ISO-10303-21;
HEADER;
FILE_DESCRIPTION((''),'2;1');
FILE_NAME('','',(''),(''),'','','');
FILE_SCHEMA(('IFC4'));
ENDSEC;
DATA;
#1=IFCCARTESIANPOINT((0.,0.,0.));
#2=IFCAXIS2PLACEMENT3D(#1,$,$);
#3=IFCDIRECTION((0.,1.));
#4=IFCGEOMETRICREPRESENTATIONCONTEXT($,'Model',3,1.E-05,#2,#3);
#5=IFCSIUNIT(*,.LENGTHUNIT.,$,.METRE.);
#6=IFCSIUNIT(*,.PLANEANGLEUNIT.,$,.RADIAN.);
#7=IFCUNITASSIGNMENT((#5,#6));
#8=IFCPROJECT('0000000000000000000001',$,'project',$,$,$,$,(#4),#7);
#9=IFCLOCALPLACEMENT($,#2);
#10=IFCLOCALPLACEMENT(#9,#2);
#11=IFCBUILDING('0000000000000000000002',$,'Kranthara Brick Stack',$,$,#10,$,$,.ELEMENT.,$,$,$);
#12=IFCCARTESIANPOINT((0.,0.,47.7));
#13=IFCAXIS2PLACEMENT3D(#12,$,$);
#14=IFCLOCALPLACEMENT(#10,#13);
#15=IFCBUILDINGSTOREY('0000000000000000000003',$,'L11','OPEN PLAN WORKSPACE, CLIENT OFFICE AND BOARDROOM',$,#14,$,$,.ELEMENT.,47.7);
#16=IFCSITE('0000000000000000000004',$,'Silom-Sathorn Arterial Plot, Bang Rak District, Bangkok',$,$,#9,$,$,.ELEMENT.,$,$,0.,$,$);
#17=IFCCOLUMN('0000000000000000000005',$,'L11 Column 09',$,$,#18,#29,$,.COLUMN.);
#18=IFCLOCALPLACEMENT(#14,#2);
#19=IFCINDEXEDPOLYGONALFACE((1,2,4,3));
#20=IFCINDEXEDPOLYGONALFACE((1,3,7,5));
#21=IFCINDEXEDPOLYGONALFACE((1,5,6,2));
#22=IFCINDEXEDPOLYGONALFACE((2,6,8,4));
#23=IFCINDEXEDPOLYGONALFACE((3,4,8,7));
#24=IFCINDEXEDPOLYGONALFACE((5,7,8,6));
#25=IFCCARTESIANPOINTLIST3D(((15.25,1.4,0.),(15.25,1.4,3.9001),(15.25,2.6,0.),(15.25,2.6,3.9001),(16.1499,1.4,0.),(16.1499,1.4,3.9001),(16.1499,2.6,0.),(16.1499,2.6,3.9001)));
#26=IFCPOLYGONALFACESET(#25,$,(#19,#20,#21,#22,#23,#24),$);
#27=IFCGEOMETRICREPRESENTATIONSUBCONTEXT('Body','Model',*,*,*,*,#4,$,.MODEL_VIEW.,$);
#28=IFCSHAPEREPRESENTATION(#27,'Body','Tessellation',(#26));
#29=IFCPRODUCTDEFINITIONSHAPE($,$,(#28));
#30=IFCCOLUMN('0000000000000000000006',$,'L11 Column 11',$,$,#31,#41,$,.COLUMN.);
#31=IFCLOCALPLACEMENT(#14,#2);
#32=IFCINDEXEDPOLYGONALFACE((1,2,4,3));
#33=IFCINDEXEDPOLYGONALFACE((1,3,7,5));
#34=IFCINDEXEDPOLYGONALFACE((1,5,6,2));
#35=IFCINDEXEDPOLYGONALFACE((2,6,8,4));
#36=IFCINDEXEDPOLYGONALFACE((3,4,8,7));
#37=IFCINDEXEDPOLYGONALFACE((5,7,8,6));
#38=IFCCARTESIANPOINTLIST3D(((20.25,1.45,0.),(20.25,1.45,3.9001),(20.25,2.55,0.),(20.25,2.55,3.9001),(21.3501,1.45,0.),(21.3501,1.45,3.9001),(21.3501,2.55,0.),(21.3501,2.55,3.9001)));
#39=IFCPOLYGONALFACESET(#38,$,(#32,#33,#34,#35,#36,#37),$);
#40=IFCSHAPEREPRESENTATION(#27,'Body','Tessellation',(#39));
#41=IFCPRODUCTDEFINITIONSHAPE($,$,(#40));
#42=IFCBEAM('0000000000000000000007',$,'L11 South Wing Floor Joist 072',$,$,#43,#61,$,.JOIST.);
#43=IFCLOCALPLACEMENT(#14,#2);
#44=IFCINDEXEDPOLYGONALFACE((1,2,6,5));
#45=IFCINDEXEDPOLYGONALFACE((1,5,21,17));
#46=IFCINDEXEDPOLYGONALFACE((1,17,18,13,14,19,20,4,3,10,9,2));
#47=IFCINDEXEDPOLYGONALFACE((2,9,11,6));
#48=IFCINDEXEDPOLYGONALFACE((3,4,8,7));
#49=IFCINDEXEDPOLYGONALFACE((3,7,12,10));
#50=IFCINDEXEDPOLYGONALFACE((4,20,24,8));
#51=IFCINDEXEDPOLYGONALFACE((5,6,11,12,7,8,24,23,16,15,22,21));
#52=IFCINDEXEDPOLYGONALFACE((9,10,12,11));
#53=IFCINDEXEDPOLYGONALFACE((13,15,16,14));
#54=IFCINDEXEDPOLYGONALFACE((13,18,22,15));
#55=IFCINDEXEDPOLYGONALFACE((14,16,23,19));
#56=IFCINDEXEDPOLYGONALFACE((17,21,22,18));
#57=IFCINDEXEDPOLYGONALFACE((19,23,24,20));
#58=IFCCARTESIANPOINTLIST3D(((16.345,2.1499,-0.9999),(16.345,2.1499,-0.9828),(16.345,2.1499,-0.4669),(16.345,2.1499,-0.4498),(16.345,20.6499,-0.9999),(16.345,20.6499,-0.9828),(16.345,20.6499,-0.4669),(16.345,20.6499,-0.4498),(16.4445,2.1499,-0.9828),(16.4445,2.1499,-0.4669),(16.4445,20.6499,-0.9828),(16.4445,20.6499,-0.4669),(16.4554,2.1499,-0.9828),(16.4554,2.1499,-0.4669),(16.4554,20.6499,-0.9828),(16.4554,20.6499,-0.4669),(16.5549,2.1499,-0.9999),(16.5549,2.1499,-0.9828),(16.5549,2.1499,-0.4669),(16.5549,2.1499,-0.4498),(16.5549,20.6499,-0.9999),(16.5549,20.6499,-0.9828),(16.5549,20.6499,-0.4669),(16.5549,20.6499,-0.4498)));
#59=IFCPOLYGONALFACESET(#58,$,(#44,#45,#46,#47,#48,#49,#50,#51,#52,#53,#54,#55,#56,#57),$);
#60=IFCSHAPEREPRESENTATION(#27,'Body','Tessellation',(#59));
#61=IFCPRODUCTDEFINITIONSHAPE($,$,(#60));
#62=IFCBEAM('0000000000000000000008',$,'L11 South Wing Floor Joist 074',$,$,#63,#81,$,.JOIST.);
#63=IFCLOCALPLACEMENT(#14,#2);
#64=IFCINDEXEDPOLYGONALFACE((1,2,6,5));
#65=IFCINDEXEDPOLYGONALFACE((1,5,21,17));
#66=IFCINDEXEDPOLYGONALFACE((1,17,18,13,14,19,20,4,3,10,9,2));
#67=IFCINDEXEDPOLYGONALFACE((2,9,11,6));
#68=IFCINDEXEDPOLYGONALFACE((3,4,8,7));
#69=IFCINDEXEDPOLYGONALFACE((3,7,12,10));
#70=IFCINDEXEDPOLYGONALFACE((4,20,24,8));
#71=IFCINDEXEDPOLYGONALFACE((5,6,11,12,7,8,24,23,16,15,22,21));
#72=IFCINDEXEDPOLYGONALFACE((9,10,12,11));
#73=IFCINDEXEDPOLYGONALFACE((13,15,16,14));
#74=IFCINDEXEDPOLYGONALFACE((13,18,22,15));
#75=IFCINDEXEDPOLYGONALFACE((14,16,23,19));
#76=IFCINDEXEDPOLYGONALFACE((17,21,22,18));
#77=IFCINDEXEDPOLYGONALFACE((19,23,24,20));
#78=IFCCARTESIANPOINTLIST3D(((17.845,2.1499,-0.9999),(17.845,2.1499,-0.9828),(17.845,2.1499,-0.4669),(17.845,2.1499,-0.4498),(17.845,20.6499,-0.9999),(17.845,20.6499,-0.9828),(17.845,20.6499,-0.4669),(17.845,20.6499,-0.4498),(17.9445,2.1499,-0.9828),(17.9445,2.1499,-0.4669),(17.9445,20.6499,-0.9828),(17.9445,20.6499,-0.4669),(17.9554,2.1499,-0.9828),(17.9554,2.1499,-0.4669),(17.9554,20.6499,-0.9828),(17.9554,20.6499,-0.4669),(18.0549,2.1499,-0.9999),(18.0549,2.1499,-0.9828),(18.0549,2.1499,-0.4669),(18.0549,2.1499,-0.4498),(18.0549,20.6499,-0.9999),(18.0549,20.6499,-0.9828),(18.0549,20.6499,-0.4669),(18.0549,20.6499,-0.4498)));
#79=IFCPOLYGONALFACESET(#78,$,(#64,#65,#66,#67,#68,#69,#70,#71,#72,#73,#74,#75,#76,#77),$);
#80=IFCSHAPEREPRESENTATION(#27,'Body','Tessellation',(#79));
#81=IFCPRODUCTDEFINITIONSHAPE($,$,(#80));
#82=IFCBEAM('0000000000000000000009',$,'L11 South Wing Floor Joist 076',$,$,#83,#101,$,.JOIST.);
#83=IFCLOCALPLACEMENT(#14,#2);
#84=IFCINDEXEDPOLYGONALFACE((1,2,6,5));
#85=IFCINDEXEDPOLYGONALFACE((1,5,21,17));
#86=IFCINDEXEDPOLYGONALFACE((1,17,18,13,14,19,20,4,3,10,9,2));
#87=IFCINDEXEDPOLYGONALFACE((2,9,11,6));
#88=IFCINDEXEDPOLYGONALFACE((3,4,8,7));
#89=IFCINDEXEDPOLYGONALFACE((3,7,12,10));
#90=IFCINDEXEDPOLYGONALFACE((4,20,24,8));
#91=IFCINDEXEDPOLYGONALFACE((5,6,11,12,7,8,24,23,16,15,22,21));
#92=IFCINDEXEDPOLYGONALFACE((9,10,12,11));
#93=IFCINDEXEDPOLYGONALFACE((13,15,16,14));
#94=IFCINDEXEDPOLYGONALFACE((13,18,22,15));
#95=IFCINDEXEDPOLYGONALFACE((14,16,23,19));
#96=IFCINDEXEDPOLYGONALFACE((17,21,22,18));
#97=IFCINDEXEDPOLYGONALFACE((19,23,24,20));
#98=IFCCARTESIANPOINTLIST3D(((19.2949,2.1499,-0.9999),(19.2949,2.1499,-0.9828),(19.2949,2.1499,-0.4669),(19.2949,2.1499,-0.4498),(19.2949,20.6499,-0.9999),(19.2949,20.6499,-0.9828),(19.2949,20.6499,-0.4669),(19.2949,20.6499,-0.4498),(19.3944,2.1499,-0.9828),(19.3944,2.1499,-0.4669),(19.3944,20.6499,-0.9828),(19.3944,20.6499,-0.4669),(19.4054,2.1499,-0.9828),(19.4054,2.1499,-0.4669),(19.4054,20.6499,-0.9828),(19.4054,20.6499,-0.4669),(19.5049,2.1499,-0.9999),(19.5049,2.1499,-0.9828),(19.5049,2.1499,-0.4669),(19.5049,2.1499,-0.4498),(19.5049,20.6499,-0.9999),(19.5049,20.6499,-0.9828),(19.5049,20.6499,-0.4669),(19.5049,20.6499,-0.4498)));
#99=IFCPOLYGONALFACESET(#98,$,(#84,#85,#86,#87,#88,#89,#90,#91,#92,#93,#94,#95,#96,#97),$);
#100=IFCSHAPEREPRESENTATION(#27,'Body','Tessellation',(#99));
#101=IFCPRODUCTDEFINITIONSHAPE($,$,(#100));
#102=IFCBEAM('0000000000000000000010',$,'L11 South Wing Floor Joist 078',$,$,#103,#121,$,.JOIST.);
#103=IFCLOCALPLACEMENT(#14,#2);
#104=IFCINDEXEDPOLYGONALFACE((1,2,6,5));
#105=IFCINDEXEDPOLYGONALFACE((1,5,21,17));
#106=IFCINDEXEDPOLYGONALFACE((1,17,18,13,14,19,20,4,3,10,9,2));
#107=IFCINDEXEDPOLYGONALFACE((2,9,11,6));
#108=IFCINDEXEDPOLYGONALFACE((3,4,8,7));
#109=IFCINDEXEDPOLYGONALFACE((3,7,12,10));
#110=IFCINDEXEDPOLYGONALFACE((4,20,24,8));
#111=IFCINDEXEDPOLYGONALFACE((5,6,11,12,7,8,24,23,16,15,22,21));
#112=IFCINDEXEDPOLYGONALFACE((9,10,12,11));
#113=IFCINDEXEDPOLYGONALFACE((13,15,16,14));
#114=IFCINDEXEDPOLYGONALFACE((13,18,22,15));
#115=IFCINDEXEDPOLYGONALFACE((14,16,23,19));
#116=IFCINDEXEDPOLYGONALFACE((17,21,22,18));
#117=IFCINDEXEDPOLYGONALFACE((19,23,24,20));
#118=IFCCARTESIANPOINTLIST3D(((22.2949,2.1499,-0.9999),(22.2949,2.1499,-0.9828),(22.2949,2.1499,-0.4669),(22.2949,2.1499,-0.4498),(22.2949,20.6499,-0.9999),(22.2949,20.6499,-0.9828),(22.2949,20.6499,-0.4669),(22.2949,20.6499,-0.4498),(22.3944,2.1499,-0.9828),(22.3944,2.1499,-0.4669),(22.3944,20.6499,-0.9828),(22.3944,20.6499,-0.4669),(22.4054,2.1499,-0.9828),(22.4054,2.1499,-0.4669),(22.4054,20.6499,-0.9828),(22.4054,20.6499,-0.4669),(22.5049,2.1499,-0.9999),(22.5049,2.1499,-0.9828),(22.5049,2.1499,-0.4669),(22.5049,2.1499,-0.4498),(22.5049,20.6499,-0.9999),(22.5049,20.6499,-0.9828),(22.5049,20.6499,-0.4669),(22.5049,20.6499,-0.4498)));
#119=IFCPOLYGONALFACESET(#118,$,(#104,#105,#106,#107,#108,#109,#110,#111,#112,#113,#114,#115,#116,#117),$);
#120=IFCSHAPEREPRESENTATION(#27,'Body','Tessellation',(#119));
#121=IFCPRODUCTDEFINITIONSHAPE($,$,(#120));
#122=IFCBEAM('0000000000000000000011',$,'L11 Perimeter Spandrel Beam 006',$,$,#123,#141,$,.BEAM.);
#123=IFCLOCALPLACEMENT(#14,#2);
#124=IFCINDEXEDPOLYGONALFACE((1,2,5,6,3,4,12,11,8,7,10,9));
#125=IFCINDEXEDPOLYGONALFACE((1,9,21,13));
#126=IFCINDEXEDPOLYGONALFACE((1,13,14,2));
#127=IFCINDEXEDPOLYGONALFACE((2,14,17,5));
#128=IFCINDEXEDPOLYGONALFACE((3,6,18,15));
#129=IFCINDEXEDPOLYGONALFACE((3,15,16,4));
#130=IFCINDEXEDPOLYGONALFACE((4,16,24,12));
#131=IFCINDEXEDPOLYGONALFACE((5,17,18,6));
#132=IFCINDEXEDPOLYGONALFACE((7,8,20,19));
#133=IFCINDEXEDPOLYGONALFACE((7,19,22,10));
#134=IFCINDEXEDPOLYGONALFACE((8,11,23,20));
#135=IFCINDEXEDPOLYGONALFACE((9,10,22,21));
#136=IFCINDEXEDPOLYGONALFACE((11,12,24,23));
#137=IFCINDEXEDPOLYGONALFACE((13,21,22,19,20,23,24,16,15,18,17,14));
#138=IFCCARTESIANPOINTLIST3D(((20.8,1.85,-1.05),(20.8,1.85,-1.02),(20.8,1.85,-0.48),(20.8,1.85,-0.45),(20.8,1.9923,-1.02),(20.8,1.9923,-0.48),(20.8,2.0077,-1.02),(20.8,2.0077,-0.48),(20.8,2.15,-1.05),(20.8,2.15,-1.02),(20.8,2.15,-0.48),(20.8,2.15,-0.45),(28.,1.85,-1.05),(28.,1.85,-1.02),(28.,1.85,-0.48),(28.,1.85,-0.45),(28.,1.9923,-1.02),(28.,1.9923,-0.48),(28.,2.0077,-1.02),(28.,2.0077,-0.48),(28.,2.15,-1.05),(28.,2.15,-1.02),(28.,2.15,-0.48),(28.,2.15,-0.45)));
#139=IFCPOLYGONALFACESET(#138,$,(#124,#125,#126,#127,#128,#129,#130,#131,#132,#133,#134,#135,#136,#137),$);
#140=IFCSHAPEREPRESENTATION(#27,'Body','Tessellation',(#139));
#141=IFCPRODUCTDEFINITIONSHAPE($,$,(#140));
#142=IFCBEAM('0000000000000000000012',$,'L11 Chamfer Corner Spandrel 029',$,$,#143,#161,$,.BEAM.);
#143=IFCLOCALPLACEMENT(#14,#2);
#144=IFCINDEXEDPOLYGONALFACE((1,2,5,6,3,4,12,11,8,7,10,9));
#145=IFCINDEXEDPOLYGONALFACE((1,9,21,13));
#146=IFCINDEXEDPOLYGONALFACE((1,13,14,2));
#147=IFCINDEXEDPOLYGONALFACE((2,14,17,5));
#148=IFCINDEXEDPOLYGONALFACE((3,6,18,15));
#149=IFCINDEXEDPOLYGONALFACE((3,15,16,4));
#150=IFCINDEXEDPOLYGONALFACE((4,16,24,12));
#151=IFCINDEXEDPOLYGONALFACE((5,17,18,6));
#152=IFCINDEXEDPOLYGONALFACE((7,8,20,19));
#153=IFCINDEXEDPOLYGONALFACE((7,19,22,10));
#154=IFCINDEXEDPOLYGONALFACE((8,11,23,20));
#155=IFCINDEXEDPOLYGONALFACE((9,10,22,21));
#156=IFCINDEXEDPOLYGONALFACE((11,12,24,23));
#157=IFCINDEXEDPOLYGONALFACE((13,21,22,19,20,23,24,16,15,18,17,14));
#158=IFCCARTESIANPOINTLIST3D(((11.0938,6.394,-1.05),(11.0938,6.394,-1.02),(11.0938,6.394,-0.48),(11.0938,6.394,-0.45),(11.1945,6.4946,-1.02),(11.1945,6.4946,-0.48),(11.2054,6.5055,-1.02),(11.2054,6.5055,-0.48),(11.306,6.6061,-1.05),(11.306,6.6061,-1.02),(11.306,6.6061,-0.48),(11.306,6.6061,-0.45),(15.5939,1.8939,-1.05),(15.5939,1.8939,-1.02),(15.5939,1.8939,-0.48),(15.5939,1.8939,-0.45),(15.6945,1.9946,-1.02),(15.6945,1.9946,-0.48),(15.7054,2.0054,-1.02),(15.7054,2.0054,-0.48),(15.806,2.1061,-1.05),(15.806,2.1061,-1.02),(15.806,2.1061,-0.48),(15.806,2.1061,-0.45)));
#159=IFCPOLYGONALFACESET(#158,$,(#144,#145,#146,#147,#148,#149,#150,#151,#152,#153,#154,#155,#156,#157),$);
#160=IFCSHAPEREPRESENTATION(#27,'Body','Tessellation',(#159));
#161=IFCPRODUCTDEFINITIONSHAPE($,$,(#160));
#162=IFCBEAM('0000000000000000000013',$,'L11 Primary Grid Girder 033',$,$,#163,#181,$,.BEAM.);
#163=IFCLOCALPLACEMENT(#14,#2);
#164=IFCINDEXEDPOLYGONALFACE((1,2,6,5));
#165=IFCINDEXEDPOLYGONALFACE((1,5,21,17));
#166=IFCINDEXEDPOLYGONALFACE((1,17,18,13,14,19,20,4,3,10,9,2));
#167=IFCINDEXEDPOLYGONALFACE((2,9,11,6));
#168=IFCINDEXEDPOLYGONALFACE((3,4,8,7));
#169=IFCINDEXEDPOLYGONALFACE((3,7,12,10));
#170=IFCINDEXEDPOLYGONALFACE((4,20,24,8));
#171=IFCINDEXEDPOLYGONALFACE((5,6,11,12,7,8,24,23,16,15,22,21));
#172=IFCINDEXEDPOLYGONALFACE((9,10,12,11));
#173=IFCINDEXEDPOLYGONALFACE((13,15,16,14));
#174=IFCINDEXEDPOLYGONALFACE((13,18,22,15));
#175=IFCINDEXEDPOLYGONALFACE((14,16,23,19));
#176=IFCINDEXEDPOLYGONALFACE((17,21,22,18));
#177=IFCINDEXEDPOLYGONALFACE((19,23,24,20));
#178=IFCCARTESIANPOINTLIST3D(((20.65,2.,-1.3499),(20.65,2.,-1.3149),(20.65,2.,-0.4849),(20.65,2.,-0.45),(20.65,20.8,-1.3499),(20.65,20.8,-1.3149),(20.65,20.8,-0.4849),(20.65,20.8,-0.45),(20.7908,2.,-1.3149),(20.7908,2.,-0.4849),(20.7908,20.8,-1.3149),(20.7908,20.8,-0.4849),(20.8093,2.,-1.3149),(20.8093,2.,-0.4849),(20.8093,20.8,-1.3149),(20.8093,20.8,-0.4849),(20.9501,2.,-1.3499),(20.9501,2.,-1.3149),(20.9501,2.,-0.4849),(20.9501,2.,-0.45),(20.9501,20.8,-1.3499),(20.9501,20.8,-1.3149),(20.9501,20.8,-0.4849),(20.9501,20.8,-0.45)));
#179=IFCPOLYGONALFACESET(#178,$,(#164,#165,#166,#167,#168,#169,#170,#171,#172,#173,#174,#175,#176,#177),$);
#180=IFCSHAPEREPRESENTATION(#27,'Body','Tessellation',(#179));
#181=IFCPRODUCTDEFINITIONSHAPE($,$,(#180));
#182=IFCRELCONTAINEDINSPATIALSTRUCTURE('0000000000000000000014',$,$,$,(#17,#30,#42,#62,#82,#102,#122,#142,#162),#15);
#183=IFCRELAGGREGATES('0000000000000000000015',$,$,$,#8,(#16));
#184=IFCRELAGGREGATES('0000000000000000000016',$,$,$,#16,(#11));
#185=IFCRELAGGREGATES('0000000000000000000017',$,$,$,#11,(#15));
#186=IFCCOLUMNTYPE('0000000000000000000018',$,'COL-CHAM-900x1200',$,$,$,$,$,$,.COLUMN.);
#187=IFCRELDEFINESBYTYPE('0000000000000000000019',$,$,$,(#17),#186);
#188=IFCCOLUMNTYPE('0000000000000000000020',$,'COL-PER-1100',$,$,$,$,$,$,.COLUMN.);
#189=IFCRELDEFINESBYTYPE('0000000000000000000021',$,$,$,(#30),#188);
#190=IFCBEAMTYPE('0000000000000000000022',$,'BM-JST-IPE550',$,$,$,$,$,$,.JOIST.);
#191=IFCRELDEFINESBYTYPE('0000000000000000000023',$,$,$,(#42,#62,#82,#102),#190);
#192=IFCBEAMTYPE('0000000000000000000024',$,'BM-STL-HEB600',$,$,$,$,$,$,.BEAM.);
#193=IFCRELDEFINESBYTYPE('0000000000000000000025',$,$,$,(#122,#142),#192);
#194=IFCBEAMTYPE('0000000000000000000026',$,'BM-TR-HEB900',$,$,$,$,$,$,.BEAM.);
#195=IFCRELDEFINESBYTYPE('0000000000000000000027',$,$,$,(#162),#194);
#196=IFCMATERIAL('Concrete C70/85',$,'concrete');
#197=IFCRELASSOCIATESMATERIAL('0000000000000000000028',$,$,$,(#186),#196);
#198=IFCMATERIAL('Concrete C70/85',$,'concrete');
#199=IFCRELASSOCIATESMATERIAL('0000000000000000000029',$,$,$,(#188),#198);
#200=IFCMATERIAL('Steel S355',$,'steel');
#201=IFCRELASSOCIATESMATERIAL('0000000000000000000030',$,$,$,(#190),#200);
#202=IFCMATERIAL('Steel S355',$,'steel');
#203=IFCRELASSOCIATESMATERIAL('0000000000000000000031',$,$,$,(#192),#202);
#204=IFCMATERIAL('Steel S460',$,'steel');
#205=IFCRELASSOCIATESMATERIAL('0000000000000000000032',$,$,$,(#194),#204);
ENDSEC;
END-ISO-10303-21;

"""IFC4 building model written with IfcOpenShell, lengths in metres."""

from ifc_helpers import new_model, si_unit, direction, frame, origin, origin_2d, place, context, subcontext, project, spatial, rectangle, i_section, extrude, material, material_profile, profile_set, type_object, element, save


model = new_model("IFC4")

# Units and contexts
model_context = context("Model", 3, precision=1e-05, world=origin(), true_north=direction((0.0, 1.0)))
body_context = subcontext(model_context, "Body", "Model", "MODEL_VIEW")
ifc_project = project(units=[si_unit("LENGTHUNIT", "METRE"), si_unit("PLANEANGLEUNIT", "RADIAN")], contexts=[model_context])

# Site, building, storey
site_placement = place(None, origin())
site = spatial("IfcSite", under=ifc_project, at=site_placement, Name="Silom-Sathorn Arterial Plot, Bang Rak District, Bangkok", CompositionType="ELEMENT", RefElevation=0.0)
building_placement = place(site_placement, origin())
building = spatial("IfcBuilding", under=site, at=building_placement, Name="Kranthara Brick Stack", CompositionType="ELEMENT")
storey_placement = place(building_placement, frame((0.0, 0.0, 47.7)))
storey = spatial("IfcBuildingStorey", under=building, at=storey_placement, Name="L11", Description="OPEN PLAN WORKSPACE, CLIENT OFFICE AND BOARDROOM", CompositionType="ELEMENT", Elevation=47.7)

# Columns
ifc_material_1 = material(Name="Concrete C70/85", Category="concrete")
ifc_material_profile_1 = material_profile(ifc_material_1, rectangle(XDim=0.8999, YDim=1.2, at=origin_2d()), Name="RC 900x1200")
ifc_profile_set_1 = profile_set([ifc_material_profile_1], Name="Concrete C70/85")
column_type_1 = type_object("IfcColumnType", Name="COL-CHAM-900x1200", PredefinedType="COLUMN", material=ifc_profile_set_1)
column_1_placement = place(storey_placement, frame((15.7, 2.0, 0.0), z_axis=(0.0, 0.0, 1.0), x_axis=(1.0, 0.0, 0.0)))
element("IfcColumn", 1, at=column_1_placement, inside=storey, type_object=column_type_1, Name="L11 Column 09", PredefinedType="COLUMN", context=body_context, shape_type="SweptSolid", body=[
    extrude(rectangle(XDim=0.8999, YDim=1.2, at=origin_2d()), origin(), (0.0, 0.0, 1.0), 3.9001),
])
ifc_material_2 = material(Name="Concrete C70/85", Category="concrete")
ifc_material_profile_2 = material_profile(ifc_material_2, rectangle(XDim=1.1001, YDim=1.1001, at=origin_2d()), Name="RC 1100x1100")
ifc_profile_set_2 = profile_set([ifc_material_profile_2], Name="Concrete C70/85")
column_type_2 = type_object("IfcColumnType", Name="COL-PER-1100", PredefinedType="COLUMN", material=ifc_profile_set_2)
column_2_placement = place(storey_placement, frame((20.8, 2.0, 0.0), z_axis=(0.0, 0.0, 1.0), x_axis=(1.0, 0.0, 0.0)))
element("IfcColumn", 2, at=column_2_placement, inside=storey, type_object=column_type_2, Name="L11 Column 11", PredefinedType="COLUMN", context=body_context, shape_type="SweptSolid", body=[
    extrude(rectangle(XDim=1.1001, YDim=1.1001, at=origin_2d()), origin(), (0.0, 0.0, 1.0), 3.9001),
])

# Beams
ifc_material_3 = material(Name="Steel S355", Category="steel")
ifc_material_profile_3 = material_profile(ifc_material_3, i_section(OverallWidth=0.21, OverallDepth=0.55, WebThickness=0.011, FlangeThickness=0.0171, at=origin_2d()), Name="IPE 550")
ifc_profile_set_3 = profile_set([ifc_material_profile_3], Name="Steel S355")
beam_type_1 = type_object("IfcBeamType", Name="BM-JST-IPE550", PredefinedType="JOIST", material=ifc_profile_set_3)
for number, where, z_axis, x_axis, name in (
    (3, (16.45, 2.1499, -0.7249), (0.0, 1.0, 0.0), (-1.0, 0.0, 0.0), "L11 South Wing Floor Joist 072"),
    (4, (17.95, 2.1499, -0.7249), (0.0, 1.0, 0.0), (-1.0, 0.0, 0.0), "L11 South Wing Floor Joist 074"),
    (5, (19.3999, 2.1499, -0.7249), (0.0, 1.0, 0.0), (-1.0, 0.0, 0.0), "L11 South Wing Floor Joist 076"),
    (6, (22.3999, 2.1499, -0.7249), (0.0, 1.0, 0.0), (-1.0, 0.0, 0.0), "L11 South Wing Floor Joist 078"),
):
    element("IfcBeam", number, at=place(storey_placement, frame(where, z_axis=z_axis, x_axis=x_axis)), inside=storey, type_object=beam_type_1, Name=name, PredefinedType="JOIST", context=body_context, shape_type="SweptSolid", body=[
        extrude(i_section(OverallWidth=0.21, OverallDepth=0.55, WebThickness=0.011, FlangeThickness=0.0171, at=origin_2d()), origin(), (0.0, 0.0, 1.0), 18.5),
    ])
ifc_material_4 = material(Name="Steel S355", Category="steel")
ifc_material_profile_4 = material_profile(ifc_material_4, i_section(OverallWidth=0.3, OverallDepth=0.6001, WebThickness=0.0154, FlangeThickness=0.03, at=origin_2d()), Name="HEB 600")
ifc_profile_set_4 = profile_set([ifc_material_profile_4], Name="Steel S355")
beam_type_2 = type_object("IfcBeamType", Name="BM-STL-HEB600", PredefinedType="BEAM", material=ifc_profile_set_4)
beam_1_placement = place(storey_placement, frame((20.8, 2.0, -0.75), z_axis=(1.0, 0.0, 0.0), x_axis=(0.0, 1.0, 0.0)))
element("IfcBeam", 7, at=beam_1_placement, inside=storey, type_object=beam_type_2, Name="L11 Perimeter Spandrel Beam 006", PredefinedType="BEAM", context=body_context, shape_type="SweptSolid", body=[
    extrude(i_section(OverallWidth=0.3, OverallDepth=0.6001, WebThickness=0.0154, FlangeThickness=0.03, at=origin_2d()), origin(), (0.0, 0.0, 1.0), 7.2),
])
beam_2_placement = place(storey_placement, frame((15.7, 2.0, -0.75), z_axis=(-0.707107, 0.707107, 0.0), x_axis=(-0.707107, -0.707107, 0.0)))
element("IfcBeam", 8, at=beam_2_placement, inside=storey, type_object=beam_type_2, Name="L11 Chamfer Corner Spandrel 029", PredefinedType="BEAM", context=body_context, shape_type="SweptSolid", body=[
    extrude(i_section(OverallWidth=0.3, OverallDepth=0.6001, WebThickness=0.0154, FlangeThickness=0.03, at=origin_2d()), origin(), (0.0, 0.0, 1.0), 6.364),
])
ifc_material_5 = material(Name="Steel S460", Category="steel")
ifc_material_profile_5 = material_profile(ifc_material_5, i_section(OverallWidth=0.3, OverallDepth=0.8999, WebThickness=0.0186, FlangeThickness=0.0349, at=origin_2d()), Name="HEB 900")
ifc_profile_set_5 = profile_set([ifc_material_profile_5], Name="Steel S460")
beam_type_3 = type_object("IfcBeamType", Name="BM-TR-HEB900", PredefinedType="BEAM", material=ifc_profile_set_5)
beam_3_placement = place(storey_placement, frame((20.8, 2.0, -0.8999), z_axis=(0.0, 1.0, 0.0), x_axis=(-1.0, 0.0, 0.0)))
element("IfcBeam", 9, at=beam_3_placement, inside=storey, type_object=beam_type_3, Name="L11 Primary Grid Girder 033", PredefinedType="BEAM", context=body_context, shape_type="SweptSolid", body=[
    extrude(i_section(OverallWidth=0.3, OverallDepth=0.8999, WebThickness=0.0186, FlangeThickness=0.0349, at=origin_2d()), origin(), (0.0, 0.0, 1.0), 18.8),
])

save(model, "model.ifc")
